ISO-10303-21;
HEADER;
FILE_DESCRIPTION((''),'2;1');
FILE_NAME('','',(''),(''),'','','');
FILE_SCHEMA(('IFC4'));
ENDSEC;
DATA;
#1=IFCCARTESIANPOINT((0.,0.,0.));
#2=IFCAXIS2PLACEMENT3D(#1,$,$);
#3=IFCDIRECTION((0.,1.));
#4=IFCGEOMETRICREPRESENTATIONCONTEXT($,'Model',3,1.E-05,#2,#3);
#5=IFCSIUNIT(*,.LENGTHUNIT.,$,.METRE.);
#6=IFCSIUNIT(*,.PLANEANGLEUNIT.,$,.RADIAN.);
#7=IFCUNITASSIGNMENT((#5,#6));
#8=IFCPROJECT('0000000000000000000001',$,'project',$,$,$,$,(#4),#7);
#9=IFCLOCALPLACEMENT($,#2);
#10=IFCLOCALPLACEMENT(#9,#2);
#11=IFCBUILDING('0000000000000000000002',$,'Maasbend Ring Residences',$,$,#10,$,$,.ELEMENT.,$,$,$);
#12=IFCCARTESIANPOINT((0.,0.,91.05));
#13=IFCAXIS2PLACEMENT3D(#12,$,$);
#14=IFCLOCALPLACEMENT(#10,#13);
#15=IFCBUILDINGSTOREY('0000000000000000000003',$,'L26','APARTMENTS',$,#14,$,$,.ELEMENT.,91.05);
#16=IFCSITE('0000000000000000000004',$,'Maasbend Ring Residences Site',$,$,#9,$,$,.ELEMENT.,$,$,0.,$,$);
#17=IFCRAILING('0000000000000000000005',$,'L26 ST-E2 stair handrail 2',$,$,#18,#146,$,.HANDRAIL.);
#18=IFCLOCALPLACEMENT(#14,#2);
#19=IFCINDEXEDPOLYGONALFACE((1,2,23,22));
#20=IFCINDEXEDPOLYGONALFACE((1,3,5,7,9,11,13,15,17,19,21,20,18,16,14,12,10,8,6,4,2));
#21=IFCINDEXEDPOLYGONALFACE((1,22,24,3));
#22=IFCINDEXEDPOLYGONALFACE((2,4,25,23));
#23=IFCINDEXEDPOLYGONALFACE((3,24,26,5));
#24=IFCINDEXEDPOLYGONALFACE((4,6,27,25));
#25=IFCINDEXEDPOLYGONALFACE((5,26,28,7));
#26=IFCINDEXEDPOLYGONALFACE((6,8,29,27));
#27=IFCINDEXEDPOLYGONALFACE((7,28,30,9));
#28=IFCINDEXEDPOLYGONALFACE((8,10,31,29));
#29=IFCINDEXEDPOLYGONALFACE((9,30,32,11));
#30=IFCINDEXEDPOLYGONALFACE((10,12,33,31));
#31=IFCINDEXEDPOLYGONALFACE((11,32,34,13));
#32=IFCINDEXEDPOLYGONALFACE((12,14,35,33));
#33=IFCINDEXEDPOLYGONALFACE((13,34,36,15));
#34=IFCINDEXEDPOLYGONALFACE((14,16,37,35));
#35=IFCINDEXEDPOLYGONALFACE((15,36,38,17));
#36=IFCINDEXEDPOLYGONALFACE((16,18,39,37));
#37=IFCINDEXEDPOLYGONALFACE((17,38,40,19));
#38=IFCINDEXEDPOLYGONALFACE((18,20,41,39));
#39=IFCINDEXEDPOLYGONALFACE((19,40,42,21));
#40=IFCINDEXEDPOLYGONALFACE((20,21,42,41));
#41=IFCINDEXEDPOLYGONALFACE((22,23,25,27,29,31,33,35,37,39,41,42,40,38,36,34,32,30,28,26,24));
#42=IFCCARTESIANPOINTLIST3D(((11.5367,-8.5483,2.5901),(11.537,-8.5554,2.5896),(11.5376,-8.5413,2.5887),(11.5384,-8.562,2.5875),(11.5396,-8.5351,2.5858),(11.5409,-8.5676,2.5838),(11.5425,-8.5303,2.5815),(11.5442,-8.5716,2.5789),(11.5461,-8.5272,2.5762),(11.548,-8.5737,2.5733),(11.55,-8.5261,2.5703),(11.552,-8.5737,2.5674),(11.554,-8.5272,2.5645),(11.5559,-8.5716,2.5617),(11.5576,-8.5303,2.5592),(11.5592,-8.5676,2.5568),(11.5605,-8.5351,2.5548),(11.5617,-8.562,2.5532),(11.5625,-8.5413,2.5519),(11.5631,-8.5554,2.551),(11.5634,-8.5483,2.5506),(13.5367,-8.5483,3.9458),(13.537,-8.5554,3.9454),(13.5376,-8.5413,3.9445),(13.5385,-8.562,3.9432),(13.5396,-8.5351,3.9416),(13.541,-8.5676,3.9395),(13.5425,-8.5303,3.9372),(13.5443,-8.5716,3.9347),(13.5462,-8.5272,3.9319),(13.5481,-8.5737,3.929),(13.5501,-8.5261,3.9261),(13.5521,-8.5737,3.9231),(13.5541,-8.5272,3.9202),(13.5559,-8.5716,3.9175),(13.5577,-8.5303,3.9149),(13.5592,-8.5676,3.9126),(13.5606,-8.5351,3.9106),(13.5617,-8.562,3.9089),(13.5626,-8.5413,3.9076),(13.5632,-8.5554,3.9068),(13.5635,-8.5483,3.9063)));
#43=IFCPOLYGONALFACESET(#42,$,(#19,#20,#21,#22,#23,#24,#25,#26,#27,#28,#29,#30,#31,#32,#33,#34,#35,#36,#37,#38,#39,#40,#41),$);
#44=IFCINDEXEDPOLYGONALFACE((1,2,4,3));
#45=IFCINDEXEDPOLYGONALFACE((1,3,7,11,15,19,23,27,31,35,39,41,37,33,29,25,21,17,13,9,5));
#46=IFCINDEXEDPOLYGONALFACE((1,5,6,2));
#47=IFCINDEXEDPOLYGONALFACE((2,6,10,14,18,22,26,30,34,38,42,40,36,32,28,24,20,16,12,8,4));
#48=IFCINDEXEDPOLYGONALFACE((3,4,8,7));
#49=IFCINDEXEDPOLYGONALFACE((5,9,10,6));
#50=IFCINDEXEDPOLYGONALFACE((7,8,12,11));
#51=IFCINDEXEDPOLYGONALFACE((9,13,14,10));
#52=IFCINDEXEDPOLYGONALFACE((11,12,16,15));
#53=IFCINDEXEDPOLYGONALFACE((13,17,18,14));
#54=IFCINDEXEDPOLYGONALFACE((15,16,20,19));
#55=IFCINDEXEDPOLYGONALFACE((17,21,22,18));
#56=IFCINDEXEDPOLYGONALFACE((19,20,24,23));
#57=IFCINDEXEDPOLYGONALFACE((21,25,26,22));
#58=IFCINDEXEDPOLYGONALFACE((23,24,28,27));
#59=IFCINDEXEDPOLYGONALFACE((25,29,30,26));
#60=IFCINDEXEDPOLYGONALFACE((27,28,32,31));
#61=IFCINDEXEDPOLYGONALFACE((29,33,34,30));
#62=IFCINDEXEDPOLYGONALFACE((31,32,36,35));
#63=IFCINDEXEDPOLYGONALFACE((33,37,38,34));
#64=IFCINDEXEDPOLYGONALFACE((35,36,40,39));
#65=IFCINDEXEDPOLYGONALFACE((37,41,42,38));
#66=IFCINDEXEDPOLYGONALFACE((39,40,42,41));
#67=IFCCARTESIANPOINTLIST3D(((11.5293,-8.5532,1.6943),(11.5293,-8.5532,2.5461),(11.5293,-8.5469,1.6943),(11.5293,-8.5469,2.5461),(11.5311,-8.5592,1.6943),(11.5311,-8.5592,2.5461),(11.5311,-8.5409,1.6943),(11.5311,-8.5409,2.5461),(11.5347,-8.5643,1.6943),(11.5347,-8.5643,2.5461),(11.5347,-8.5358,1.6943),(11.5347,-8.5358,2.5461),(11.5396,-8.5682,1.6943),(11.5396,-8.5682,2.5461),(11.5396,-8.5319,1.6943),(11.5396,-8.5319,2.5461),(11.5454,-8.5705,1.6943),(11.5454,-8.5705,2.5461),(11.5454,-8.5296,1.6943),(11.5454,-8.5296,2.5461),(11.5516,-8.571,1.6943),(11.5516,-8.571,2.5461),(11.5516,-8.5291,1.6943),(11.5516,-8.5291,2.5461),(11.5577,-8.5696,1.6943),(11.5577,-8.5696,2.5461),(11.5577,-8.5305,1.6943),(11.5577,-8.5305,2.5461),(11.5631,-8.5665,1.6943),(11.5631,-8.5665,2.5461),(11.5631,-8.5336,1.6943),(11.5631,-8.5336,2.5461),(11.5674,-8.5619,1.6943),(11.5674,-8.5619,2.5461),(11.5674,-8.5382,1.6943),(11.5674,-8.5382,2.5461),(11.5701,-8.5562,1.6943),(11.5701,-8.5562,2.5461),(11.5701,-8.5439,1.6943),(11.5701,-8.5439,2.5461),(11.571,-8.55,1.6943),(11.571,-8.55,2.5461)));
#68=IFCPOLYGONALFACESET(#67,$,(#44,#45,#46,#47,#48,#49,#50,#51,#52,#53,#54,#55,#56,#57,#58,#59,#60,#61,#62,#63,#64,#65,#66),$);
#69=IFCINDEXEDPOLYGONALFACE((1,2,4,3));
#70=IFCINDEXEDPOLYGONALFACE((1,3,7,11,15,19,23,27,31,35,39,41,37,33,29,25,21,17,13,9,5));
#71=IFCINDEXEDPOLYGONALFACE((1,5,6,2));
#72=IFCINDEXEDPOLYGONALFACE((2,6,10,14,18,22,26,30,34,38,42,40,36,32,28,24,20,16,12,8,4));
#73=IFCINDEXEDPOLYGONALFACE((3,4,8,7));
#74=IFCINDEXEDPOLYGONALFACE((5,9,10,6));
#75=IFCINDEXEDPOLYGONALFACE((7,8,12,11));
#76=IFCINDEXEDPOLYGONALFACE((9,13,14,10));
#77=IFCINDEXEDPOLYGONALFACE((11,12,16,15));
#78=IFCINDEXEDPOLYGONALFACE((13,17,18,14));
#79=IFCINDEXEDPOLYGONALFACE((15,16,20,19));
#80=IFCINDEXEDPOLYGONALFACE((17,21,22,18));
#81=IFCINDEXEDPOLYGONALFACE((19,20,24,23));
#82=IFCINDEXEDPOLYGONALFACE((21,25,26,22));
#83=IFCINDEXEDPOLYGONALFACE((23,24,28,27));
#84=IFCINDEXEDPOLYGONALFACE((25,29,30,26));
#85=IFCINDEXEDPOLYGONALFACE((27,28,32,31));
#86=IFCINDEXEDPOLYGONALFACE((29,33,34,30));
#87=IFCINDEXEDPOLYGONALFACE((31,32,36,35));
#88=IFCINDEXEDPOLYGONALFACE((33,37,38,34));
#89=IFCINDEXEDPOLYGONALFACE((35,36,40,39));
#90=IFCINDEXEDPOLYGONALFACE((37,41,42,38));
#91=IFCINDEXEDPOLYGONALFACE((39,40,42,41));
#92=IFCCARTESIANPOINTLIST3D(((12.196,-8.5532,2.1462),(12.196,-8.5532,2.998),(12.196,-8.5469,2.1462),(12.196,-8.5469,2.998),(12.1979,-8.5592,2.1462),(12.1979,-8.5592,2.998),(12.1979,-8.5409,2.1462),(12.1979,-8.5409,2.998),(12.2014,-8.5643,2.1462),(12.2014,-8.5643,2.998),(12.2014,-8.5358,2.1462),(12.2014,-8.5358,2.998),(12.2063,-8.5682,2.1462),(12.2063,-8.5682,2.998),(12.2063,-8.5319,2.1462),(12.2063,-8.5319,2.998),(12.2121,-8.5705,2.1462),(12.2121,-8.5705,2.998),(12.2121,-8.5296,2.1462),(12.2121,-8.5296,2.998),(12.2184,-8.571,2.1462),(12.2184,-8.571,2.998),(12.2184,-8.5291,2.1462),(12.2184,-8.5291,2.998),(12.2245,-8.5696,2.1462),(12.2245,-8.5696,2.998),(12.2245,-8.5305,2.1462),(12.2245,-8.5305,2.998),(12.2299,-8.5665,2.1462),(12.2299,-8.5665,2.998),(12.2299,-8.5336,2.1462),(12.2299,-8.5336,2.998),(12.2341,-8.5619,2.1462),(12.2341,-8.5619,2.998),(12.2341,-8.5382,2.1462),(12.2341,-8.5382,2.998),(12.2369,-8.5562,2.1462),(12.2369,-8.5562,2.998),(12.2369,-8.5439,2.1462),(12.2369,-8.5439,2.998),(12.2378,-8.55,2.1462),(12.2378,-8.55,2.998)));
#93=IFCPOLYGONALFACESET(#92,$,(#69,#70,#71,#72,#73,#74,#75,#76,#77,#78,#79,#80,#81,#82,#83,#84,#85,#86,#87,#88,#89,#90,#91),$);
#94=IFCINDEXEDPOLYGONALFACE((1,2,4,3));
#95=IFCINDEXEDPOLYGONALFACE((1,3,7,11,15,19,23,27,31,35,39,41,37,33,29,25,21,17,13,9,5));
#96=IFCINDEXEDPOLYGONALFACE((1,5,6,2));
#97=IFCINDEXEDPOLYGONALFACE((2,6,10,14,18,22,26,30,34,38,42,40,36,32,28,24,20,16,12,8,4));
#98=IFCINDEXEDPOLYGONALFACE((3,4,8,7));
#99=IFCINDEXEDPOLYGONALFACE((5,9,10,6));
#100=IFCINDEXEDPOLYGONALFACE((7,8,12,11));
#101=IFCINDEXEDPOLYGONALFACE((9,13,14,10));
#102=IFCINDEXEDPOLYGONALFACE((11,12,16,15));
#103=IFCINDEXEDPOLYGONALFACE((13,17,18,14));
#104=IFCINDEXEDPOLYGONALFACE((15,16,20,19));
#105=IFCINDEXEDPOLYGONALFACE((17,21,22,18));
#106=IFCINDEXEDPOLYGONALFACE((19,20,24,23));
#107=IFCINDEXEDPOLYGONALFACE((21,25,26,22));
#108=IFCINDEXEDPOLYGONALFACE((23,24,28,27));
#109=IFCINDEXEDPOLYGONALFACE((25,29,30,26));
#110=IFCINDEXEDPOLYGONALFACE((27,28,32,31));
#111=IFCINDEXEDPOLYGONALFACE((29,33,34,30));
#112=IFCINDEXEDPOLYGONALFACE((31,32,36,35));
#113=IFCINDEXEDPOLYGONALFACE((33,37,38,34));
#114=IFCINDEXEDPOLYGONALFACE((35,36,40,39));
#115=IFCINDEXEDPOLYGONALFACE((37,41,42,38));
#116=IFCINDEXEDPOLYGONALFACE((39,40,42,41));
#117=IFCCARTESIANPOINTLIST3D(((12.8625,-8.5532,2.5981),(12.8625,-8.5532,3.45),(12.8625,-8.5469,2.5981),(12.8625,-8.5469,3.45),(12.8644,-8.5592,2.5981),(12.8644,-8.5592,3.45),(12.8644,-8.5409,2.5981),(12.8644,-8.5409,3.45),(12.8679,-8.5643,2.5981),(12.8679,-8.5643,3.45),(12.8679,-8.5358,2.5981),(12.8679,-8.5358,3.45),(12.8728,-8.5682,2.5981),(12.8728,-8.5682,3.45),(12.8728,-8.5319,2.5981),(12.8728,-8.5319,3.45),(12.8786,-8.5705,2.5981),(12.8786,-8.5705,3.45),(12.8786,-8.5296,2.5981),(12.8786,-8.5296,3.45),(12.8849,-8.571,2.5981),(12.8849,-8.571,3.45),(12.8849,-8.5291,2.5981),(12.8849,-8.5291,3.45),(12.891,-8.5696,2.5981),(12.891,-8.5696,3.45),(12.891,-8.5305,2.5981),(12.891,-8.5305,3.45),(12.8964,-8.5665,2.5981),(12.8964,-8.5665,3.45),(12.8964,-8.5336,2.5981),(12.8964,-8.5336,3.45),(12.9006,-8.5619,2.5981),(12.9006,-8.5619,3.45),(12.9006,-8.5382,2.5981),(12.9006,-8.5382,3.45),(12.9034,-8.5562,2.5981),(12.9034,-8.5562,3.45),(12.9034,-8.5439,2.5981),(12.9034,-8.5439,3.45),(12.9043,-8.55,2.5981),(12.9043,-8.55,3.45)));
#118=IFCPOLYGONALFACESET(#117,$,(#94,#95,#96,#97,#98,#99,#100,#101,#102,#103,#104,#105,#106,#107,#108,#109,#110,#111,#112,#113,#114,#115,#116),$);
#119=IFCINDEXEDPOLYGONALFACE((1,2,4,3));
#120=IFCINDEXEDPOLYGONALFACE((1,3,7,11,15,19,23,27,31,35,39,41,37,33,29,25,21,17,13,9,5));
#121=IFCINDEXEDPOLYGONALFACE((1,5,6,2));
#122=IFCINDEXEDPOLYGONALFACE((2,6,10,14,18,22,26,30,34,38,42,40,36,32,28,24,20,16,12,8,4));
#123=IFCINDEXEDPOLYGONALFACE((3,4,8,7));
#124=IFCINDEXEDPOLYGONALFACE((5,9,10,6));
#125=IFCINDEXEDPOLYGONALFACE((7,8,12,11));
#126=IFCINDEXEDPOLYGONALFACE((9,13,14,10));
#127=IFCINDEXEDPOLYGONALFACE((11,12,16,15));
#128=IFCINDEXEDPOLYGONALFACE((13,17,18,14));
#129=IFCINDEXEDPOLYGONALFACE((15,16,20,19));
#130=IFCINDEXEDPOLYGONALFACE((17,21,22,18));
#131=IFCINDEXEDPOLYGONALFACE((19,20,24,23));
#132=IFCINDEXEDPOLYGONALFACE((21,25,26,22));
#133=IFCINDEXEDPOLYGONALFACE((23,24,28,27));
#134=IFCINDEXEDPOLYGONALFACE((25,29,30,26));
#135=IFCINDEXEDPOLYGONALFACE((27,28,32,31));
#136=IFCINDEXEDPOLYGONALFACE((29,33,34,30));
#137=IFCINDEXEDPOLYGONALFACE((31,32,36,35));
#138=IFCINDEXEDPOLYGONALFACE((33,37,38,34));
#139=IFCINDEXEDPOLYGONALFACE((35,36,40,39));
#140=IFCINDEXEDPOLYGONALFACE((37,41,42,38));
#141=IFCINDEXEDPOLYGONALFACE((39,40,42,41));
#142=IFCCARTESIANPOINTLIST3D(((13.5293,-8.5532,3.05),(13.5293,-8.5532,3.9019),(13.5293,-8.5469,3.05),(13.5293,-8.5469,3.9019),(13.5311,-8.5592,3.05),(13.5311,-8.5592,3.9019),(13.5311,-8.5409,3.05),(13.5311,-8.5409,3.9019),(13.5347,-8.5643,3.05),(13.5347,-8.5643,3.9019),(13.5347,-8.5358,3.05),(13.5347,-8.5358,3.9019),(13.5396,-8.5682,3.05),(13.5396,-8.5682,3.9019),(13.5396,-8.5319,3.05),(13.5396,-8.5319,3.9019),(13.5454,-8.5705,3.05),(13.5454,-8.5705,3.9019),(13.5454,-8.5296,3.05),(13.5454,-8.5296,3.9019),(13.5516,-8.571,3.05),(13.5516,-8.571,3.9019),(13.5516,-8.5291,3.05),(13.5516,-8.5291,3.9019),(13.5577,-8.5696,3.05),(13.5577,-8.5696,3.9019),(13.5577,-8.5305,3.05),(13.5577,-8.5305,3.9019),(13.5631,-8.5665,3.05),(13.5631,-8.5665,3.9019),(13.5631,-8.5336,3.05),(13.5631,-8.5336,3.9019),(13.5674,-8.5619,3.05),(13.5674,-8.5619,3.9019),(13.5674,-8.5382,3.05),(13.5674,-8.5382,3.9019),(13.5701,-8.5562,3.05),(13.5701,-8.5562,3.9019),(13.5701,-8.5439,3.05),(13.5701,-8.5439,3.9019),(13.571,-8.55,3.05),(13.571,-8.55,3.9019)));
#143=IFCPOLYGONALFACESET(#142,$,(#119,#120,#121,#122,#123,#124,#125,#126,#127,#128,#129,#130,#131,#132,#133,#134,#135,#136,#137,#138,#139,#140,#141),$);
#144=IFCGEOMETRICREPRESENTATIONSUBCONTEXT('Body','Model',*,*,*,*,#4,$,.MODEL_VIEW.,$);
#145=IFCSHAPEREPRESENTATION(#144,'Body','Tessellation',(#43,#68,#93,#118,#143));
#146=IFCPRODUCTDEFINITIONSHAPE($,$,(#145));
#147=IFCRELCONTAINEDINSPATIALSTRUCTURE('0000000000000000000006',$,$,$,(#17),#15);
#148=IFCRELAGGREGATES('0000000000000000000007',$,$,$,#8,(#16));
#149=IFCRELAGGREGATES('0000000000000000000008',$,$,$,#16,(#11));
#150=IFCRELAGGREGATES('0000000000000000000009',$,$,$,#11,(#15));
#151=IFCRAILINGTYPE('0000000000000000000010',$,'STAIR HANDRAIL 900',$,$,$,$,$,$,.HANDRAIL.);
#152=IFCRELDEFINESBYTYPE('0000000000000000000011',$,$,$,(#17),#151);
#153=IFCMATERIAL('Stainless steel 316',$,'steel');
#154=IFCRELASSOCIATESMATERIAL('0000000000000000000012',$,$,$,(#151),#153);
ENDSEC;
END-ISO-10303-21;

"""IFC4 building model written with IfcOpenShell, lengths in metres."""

from ifc_helpers import new_model, si_unit, direction, frame, origin, origin_2d, place, context, subcontext, project, spatial, circle, extrude, material, type_object, element, save


model = new_model("IFC4")

# Units and contexts
model_context = context("Model", 3, precision=1e-05, world=origin(), true_north=direction((0.0, 1.0)))
body_context = subcontext(model_context, "Body", "Model", "MODEL_VIEW")
ifc_project = project(units=[si_unit("LENGTHUNIT", "METRE"), si_unit("PLANEANGLEUNIT", "RADIAN")], contexts=[model_context])

# Site, building, storey
site_placement = place(None, origin())
site = spatial("IfcSite", under=ifc_project, at=site_placement, Name="Maasbend Ring Residences Site", CompositionType="ELEMENT", RefElevation=0.0)
building_placement = place(site_placement, origin())
building = spatial("IfcBuilding", under=site, at=building_placement, Name="Maasbend Ring Residences", CompositionType="ELEMENT")
storey_placement = place(building_placement, frame((0.0, 0.0, 91.05)))
storey = spatial("IfcBuildingStorey", under=building, at=storey_placement, Name="L26", Description="APARTMENTS", CompositionType="ELEMENT", Elevation=91.05)

# Railing
ifc_material_1 = material(Name="Stainless steel 316", Category="steel")
railing_type_1 = type_object("IfcRailingType", Name="STAIR HANDRAIL 900", PredefinedType="HANDRAIL", material=ifc_material_1)
railing_1_placement = place(storey_placement, frame((11.55, -8.55, 1.6943)))
element("IfcRailing", 1, at=railing_1_placement, inside=storey, type_object=railing_type_1, Name="L26 ST-E2 stair handrail 2", PredefinedType="HANDRAIL", context=body_context, shape_type="SweptSolid", body=[
    extrude(circle(Radius=0.0239, at=origin_2d()), frame((0.0, 0.0, 0.876), z_axis=(0.827751, 0.0, 0.561096), x_axis=(0.0, 1.0, 0.0)), (0.0, 0.0, 1.0), 2.4163),
    extrude(circle(Radius=0.021, at=origin_2d()), origin(), (0.0, 0.0, 1.0), 0.8518),
    extrude(circle(Radius=0.021, at=origin_2d()), frame((0.6667, 0.0, 0.4519)), (0.0, 0.0, 1.0), 0.8518),
    extrude(circle(Radius=0.021, at=origin_2d()), frame((1.3333, 0.0, 0.9038)), (0.0, 0.0, 1.0), 0.8518),
    extrude(circle(Radius=0.021, at=origin_2d()), frame((2.0, 0.0, 1.3557)), (0.0, 0.0, 1.0), 0.8518),
])

save(model, "model.ifc")
